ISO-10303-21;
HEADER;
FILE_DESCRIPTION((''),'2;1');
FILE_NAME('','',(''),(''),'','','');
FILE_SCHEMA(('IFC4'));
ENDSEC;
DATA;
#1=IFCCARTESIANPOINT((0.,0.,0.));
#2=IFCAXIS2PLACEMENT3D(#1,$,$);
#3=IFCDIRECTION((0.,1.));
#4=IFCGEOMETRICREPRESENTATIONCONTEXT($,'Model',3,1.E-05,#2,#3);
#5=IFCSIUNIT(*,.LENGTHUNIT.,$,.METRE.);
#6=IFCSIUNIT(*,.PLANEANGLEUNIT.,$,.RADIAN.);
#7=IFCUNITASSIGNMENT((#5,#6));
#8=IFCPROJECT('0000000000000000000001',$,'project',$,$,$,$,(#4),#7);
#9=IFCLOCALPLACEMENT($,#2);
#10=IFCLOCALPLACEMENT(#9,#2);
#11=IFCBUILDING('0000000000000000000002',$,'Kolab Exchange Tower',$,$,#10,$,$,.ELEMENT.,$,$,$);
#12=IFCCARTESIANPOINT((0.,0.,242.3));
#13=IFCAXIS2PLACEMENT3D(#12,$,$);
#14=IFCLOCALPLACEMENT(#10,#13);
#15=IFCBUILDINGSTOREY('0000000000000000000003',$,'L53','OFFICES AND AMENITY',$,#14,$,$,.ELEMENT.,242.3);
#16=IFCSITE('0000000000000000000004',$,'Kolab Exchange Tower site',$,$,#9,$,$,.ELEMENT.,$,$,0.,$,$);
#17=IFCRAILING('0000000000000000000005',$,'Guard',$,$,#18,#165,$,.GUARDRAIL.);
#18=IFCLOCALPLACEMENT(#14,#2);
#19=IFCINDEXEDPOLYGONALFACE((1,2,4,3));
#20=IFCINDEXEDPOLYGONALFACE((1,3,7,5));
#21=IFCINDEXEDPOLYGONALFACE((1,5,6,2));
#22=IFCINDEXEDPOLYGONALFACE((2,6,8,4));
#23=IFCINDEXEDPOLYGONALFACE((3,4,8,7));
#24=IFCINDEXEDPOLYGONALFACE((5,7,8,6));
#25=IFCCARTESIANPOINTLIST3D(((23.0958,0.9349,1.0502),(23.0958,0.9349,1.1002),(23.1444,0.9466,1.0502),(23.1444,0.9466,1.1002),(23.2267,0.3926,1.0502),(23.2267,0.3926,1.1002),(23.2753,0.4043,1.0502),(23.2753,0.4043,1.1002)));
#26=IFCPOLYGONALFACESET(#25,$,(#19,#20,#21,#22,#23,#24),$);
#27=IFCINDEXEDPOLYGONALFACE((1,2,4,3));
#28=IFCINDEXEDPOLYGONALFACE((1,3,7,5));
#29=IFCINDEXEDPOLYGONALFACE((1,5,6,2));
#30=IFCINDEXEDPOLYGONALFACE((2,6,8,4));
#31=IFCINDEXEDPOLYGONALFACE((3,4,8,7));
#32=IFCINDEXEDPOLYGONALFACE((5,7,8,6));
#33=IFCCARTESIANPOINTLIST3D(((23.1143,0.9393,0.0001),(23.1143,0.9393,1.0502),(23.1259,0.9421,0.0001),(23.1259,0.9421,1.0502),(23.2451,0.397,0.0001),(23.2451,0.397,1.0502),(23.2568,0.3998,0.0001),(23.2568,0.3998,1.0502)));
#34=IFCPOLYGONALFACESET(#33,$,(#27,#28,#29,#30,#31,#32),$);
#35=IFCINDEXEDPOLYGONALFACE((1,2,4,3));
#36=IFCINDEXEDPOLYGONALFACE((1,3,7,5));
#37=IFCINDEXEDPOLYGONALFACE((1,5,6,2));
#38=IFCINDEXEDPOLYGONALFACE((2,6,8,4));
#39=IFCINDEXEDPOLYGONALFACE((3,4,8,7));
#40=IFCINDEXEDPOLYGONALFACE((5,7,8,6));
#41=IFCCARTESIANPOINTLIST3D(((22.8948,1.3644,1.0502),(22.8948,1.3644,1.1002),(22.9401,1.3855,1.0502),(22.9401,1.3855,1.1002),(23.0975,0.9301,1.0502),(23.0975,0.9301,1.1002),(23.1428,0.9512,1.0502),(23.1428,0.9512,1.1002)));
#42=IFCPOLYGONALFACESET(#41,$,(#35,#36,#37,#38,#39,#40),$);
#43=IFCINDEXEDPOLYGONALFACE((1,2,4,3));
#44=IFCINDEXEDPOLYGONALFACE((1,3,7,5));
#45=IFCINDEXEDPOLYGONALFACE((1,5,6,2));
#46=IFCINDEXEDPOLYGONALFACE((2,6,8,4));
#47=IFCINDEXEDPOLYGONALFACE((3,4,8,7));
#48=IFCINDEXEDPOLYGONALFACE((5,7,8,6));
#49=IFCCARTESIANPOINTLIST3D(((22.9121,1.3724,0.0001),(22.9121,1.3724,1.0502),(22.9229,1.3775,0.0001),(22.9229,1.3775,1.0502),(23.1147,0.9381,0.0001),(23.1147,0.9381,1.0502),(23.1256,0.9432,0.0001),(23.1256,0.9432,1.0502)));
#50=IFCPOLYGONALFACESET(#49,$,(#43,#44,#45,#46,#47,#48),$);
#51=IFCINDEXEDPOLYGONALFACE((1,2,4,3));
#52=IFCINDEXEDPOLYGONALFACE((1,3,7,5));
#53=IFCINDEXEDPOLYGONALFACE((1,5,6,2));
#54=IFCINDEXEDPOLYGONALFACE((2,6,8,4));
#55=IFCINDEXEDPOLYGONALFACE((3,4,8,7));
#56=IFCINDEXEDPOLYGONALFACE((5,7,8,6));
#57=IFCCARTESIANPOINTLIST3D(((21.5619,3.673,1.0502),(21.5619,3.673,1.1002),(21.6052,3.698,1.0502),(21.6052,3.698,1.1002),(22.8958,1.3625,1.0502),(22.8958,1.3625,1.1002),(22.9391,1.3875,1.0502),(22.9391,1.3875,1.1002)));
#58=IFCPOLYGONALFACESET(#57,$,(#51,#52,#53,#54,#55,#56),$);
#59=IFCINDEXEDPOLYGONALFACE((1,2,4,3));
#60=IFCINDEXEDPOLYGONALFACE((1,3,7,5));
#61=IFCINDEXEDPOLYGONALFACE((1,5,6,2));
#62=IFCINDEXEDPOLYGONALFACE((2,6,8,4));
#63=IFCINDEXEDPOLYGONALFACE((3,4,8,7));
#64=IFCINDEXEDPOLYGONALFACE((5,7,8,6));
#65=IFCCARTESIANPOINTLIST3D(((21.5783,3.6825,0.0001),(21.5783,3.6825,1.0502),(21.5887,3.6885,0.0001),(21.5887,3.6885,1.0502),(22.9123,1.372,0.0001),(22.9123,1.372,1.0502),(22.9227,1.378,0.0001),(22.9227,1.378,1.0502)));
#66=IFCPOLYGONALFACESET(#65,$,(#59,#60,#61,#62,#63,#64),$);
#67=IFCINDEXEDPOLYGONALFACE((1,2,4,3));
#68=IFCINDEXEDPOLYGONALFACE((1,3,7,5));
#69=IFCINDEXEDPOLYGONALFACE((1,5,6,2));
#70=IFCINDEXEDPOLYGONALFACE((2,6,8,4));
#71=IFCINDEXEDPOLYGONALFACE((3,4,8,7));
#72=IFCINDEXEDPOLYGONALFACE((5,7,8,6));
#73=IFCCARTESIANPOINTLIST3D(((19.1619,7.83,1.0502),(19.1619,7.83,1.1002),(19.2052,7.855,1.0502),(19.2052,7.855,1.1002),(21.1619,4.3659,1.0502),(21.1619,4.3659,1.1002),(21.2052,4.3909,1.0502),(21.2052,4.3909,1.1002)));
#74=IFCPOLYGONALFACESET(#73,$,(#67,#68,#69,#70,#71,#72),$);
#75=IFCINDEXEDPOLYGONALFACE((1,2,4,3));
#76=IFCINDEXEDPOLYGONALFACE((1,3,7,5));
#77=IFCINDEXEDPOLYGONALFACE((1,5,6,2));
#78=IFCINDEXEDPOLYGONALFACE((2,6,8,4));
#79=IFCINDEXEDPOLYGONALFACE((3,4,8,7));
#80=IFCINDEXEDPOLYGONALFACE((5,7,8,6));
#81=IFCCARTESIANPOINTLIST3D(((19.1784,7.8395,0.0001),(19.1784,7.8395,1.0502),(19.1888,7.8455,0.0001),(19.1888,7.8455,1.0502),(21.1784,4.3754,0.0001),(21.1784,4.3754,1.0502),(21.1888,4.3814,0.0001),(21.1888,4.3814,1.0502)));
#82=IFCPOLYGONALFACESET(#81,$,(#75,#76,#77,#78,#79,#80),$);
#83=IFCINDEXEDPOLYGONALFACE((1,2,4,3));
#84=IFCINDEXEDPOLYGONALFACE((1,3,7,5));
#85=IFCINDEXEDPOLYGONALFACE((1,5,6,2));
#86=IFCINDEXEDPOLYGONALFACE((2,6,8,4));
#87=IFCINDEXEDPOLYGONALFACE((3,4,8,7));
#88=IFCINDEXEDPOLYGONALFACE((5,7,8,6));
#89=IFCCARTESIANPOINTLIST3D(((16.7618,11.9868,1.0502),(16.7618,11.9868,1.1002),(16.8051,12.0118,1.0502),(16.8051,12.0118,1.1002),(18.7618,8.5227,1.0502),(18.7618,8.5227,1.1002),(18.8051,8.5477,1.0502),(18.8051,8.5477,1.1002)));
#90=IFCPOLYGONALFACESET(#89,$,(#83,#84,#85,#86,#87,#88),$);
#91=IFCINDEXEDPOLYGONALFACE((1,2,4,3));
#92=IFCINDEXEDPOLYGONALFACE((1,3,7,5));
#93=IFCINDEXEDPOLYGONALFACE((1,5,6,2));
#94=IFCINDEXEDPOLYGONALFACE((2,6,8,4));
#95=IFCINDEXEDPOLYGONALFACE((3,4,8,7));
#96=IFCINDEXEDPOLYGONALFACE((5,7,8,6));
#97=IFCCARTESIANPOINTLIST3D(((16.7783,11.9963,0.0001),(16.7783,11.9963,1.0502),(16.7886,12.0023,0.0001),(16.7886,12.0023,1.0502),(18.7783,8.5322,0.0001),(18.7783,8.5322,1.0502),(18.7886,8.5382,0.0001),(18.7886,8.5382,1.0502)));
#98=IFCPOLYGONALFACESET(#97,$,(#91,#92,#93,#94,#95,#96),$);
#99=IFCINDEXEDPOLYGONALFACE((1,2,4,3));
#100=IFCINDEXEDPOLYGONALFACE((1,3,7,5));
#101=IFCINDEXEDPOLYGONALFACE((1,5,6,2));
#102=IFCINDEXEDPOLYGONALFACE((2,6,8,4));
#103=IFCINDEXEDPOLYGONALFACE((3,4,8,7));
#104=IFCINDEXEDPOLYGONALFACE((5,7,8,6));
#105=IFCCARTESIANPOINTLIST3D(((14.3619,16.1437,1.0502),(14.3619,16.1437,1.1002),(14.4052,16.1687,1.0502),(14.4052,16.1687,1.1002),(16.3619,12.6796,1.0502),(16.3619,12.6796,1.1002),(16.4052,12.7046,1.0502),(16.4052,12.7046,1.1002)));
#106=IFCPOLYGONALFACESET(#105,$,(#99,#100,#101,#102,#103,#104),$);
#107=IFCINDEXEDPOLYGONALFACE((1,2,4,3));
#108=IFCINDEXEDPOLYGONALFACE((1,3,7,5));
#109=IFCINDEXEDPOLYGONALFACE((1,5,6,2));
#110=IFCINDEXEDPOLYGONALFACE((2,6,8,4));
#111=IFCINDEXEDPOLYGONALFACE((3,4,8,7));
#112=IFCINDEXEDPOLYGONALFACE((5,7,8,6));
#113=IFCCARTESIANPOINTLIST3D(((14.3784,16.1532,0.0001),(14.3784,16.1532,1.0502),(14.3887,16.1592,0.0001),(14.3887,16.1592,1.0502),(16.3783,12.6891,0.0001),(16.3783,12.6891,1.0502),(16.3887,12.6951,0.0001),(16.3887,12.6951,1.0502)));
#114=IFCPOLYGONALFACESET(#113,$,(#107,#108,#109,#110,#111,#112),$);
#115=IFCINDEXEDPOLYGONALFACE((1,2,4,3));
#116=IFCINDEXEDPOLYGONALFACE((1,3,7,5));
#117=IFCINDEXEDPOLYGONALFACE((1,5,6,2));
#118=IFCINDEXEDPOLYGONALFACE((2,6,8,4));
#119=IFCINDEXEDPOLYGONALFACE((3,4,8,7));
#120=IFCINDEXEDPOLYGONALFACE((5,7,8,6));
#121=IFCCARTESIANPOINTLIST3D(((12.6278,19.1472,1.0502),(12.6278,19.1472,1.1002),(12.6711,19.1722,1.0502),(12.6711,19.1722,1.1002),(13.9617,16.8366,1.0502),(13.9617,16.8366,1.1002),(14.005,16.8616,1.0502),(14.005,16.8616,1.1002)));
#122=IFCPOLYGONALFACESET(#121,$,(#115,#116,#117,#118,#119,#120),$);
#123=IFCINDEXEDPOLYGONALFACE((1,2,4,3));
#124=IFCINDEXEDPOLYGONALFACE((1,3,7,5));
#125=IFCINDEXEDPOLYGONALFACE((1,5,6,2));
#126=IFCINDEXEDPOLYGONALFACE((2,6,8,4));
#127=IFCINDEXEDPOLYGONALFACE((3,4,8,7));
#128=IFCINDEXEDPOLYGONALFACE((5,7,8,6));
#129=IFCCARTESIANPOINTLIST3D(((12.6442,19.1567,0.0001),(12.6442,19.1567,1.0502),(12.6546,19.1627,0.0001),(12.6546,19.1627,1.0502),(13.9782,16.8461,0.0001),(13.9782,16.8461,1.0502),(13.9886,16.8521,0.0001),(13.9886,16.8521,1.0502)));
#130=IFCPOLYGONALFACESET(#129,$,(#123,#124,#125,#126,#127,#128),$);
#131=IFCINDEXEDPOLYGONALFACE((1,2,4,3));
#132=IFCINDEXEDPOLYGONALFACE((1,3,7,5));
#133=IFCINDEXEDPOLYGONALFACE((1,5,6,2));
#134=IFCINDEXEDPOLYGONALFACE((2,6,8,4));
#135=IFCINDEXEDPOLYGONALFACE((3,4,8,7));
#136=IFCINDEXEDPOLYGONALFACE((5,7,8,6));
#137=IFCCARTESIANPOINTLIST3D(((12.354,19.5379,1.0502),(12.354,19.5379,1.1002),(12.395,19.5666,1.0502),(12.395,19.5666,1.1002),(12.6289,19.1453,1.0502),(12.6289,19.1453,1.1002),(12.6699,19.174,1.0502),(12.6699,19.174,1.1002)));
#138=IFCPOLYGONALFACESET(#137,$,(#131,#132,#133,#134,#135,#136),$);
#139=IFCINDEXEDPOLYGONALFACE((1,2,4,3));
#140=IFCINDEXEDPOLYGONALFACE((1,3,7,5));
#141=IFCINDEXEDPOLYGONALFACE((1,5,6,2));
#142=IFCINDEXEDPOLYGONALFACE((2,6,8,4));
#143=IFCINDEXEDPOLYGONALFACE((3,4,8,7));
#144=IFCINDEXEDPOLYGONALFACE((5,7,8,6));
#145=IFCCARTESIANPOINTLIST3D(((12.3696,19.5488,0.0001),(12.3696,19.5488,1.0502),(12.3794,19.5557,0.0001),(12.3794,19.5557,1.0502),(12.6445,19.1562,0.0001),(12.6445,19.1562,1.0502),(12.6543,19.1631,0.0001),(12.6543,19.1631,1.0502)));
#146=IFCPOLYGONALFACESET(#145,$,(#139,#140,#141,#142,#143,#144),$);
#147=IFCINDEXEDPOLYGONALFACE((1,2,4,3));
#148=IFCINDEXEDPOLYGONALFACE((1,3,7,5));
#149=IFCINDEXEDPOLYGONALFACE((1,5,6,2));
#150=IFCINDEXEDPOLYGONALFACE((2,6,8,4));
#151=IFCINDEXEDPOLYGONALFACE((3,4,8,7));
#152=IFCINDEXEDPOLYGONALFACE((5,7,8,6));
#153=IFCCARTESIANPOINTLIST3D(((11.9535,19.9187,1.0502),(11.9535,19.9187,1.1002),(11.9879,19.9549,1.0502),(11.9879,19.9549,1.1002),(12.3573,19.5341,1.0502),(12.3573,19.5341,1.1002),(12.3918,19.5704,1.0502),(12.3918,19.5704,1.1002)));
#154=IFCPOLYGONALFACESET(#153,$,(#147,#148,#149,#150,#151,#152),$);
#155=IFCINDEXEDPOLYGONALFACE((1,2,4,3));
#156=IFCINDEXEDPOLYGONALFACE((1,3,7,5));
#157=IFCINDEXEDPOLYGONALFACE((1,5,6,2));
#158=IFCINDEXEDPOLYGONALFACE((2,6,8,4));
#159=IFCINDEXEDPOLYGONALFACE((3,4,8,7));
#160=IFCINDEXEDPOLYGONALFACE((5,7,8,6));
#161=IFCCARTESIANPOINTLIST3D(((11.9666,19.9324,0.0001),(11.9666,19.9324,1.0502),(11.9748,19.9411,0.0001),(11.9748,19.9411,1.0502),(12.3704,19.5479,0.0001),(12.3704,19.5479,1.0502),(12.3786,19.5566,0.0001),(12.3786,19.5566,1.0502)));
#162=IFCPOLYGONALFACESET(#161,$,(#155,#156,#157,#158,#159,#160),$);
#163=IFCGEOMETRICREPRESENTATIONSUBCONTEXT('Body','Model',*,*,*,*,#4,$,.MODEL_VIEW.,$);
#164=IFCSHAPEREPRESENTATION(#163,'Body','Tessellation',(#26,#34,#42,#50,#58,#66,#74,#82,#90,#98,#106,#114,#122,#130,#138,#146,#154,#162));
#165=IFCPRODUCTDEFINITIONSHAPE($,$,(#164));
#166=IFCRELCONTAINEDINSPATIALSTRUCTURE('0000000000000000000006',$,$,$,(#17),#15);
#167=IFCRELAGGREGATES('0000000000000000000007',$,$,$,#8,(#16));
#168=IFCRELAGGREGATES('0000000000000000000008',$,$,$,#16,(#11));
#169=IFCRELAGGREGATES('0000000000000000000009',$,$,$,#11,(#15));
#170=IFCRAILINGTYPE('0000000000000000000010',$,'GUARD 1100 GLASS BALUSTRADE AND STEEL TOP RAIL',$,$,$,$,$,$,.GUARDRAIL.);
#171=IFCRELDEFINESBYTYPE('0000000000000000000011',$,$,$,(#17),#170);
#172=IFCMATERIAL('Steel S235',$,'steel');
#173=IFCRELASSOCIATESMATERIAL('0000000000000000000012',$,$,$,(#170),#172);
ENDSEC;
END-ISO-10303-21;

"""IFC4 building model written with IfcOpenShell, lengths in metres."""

from ifc_helpers import new_model, si_unit, direction, frame, frame_2d, origin, origin_2d, place, context, subcontext, project, spatial, rectangle, extrude, material, type_object, element, save


model = new_model("IFC4")

# Units and contexts
model_context = context("Model", 3, precision=1e-05, world=origin(), true_north=direction((0.0, 1.0)))
body_context = subcontext(model_context, "Body", "Model", "MODEL_VIEW")
ifc_project = project(units=[si_unit("LENGTHUNIT", "METRE"), si_unit("PLANEANGLEUNIT", "RADIAN")], contexts=[model_context])

# Site, building, storey
site_placement = place(None, origin())
site = spatial("IfcSite", under=ifc_project, at=site_placement, Name="Kolab Exchange Tower site", CompositionType="ELEMENT", RefElevation=0.0)
building_placement = place(site_placement, origin())
building = spatial("IfcBuilding", under=site, at=building_placement, Name="Kolab Exchange Tower", CompositionType="ELEMENT")
storey_placement = place(building_placement, frame((0.0, 0.0, 242.3)))
storey = spatial("IfcBuildingStorey", under=building, at=storey_placement, Name="L53", Description="OFFICES AND AMENITY", CompositionType="ELEMENT", Elevation=242.3)

# Railing
ifc_material_1 = material(Name="Steel S235", Category="steel")
railing_type = type_object("IfcRailingType", Name="GUARD 1100 GLASS BALUSTRADE AND STEEL TOP RAIL", PredefinedType="GUARDRAIL", material=ifc_material_1)
railing_placement = place(storey_placement, frame((23.251, 0.3984, 0.0)))
element("IfcRailing", 1, at=railing_placement, inside=storey, type_object=railing_type, Name="Guard", PredefinedType="GUARDRAIL", context=body_context, shape_type="SweptSolid", body=[
    extrude(rectangle(XDim=0.05, YDim=0.05, at=origin_2d()), frame((0.0, 0.0, 1.0752), z_axis=(-0.234598, 0.972093, 0.0), x_axis=(-0.972093, -0.234598, 0.0)), (0.0, 0.0, 1.0), 0.5579),
    extrude(rectangle(XDim=0.012, YDim=1.0501, at=frame_2d((0.0, 0.5251))), frame((0.0, 0.0, 0.0), z_axis=(-0.234598, 0.972093, 0.0), x_axis=(-0.972093, -0.234598, 0.0)), (0.0, 0.0, 1.0), 0.5579),
    extrude(rectangle(XDim=0.05, YDim=0.05, at=origin_2d()), frame((-0.1309, 0.5422, 1.0752), z_axis=(-0.422802, 0.906222, 0.0), x_axis=(-0.906222, -0.422802, 0.0)), (0.0, 0.0, 1.0), 0.4792),
    extrude(rectangle(XDim=0.012, YDim=1.0501, at=frame_2d((0.0, 0.5251))), frame((-0.1309, 0.5422, 0.0), z_axis=(-0.422802, 0.906222, 0.0), x_axis=(-0.906222, -0.422802, 0.0)), (0.0, 0.0, 1.0), 0.4792),
    extrude(rectangle(XDim=0.05, YDim=0.05, at=origin_2d()), frame((-0.3335, 0.9766, 1.0752), z_axis=(-0.499997, 0.866027, 0.0), x_axis=(-0.866027, -0.499997, 0.0)), (0.0, 0.0, 1.0), 2.668),
    extrude(rectangle(XDim=0.012, YDim=1.0501, at=frame_2d((0.0, 0.5251))), frame((-0.3335, 0.9766, 0.0), z_axis=(-0.499997, 0.866027, 0.0), x_axis=(-0.866027, -0.499997, 0.0)), (0.0, 0.0, 1.0), 2.668),
    extrude(rectangle(XDim=0.05, YDim=0.05, at=origin_2d()), frame((-2.0674, 3.98, 1.0752), z_axis=(-0.499999, 0.866026, 0.0), x_axis=(-0.866026, -0.499999, 0.0)), (0.0, 0.0, 1.0), 4.0),
    extrude(rectangle(XDim=0.012, YDim=1.0501, at=frame_2d((0.0, 0.5251))), frame((-2.0674, 3.98, 0.0), z_axis=(-0.499999, 0.866026, 0.0), x_axis=(-0.866026, -0.499999, 0.0)), (0.0, 0.0, 1.0), 4.0),
    extrude(rectangle(XDim=0.05, YDim=0.05, at=origin_2d()), frame((-4.4675, 8.1367, 1.0752), z_axis=(-0.499999, 0.866026, 0.0), x_axis=(-0.866026, -0.499999, 0.0)), (0.0, 0.0, 1.0), 4.0),
    extrude(rectangle(XDim=0.012, YDim=1.0501, at=frame_2d((0.0, 0.5251))), frame((-4.4675, 8.1367, 0.0), z_axis=(-0.499999, 0.866026, 0.0), x_axis=(-0.866026, -0.499999, 0.0)), (0.0, 0.0, 1.0), 4.0),
    extrude(rectangle(XDim=0.05, YDim=0.05, at=origin_2d()), frame((-6.8674, 12.2937, 1.0752), z_axis=(-0.499999, 0.866026, 0.0), x_axis=(-0.866026, -0.499999, 0.0)), (0.0, 0.0, 1.0), 4.0),
    extrude(rectangle(XDim=0.012, YDim=1.0501, at=frame_2d((0.0, 0.5251))), frame((-6.8674, 12.2937, 0.0), z_axis=(-0.499999, 0.866026, 0.0), x_axis=(-0.866026, -0.499999, 0.0)), (0.0, 0.0, 1.0), 4.0),
    extrude(rectangle(XDim=0.05, YDim=0.05, at=origin_2d()), frame((-9.2676, 16.4507, 1.0752), z_axis=(-0.499997, 0.866027, 0.0), x_axis=(-0.866027, -0.499997, 0.0)), (0.0, 0.0, 1.0), 2.668),
    extrude(rectangle(XDim=0.012, YDim=1.0501, at=frame_2d((0.0, 0.5251))), frame((-9.2676, 16.4507, 0.0), z_axis=(-0.499997, 0.866027, 0.0), x_axis=(-0.866027, -0.499997, 0.0)), (0.0, 0.0, 1.0), 2.668),
    extrude(rectangle(XDim=0.05, YDim=0.05, at=origin_2d()), frame((-10.6016, 18.7612, 1.0752), z_axis=(-0.573599, 0.819136, 0.0), x_axis=(-0.819136, -0.573599, 0.0)), (0.0, 0.0, 1.0), 0.4792),
    extrude(rectangle(XDim=0.012, YDim=1.0501, at=frame_2d((0.0, 0.5251))), frame((-10.6016, 18.7612, 0.0), z_axis=(-0.573599, 0.819136, 0.0), x_axis=(-0.819136, -0.573599, 0.0)), (0.0, 0.0, 1.0), 0.4792),
    extrude(rectangle(XDim=0.05, YDim=0.05, at=origin_2d()), frame((-10.8765, 19.1538, 1.0752), z_axis=(-0.72419, 0.689601, 0.0), x_axis=(-0.689601, -0.72419, 0.0)), (0.0, 0.0, 1.0), 0.5576),
    extrude(rectangle(XDim=0.012, YDim=1.0501, at=frame_2d((0.0, 0.5251))), frame((-10.8765, 19.1538, 0.0), z_axis=(-0.72419, 0.689601, 0.0), x_axis=(-0.689601, -0.72419, 0.0)), (0.0, 0.0, 1.0), 0.5576),
])

save(model, "model.ifc")
